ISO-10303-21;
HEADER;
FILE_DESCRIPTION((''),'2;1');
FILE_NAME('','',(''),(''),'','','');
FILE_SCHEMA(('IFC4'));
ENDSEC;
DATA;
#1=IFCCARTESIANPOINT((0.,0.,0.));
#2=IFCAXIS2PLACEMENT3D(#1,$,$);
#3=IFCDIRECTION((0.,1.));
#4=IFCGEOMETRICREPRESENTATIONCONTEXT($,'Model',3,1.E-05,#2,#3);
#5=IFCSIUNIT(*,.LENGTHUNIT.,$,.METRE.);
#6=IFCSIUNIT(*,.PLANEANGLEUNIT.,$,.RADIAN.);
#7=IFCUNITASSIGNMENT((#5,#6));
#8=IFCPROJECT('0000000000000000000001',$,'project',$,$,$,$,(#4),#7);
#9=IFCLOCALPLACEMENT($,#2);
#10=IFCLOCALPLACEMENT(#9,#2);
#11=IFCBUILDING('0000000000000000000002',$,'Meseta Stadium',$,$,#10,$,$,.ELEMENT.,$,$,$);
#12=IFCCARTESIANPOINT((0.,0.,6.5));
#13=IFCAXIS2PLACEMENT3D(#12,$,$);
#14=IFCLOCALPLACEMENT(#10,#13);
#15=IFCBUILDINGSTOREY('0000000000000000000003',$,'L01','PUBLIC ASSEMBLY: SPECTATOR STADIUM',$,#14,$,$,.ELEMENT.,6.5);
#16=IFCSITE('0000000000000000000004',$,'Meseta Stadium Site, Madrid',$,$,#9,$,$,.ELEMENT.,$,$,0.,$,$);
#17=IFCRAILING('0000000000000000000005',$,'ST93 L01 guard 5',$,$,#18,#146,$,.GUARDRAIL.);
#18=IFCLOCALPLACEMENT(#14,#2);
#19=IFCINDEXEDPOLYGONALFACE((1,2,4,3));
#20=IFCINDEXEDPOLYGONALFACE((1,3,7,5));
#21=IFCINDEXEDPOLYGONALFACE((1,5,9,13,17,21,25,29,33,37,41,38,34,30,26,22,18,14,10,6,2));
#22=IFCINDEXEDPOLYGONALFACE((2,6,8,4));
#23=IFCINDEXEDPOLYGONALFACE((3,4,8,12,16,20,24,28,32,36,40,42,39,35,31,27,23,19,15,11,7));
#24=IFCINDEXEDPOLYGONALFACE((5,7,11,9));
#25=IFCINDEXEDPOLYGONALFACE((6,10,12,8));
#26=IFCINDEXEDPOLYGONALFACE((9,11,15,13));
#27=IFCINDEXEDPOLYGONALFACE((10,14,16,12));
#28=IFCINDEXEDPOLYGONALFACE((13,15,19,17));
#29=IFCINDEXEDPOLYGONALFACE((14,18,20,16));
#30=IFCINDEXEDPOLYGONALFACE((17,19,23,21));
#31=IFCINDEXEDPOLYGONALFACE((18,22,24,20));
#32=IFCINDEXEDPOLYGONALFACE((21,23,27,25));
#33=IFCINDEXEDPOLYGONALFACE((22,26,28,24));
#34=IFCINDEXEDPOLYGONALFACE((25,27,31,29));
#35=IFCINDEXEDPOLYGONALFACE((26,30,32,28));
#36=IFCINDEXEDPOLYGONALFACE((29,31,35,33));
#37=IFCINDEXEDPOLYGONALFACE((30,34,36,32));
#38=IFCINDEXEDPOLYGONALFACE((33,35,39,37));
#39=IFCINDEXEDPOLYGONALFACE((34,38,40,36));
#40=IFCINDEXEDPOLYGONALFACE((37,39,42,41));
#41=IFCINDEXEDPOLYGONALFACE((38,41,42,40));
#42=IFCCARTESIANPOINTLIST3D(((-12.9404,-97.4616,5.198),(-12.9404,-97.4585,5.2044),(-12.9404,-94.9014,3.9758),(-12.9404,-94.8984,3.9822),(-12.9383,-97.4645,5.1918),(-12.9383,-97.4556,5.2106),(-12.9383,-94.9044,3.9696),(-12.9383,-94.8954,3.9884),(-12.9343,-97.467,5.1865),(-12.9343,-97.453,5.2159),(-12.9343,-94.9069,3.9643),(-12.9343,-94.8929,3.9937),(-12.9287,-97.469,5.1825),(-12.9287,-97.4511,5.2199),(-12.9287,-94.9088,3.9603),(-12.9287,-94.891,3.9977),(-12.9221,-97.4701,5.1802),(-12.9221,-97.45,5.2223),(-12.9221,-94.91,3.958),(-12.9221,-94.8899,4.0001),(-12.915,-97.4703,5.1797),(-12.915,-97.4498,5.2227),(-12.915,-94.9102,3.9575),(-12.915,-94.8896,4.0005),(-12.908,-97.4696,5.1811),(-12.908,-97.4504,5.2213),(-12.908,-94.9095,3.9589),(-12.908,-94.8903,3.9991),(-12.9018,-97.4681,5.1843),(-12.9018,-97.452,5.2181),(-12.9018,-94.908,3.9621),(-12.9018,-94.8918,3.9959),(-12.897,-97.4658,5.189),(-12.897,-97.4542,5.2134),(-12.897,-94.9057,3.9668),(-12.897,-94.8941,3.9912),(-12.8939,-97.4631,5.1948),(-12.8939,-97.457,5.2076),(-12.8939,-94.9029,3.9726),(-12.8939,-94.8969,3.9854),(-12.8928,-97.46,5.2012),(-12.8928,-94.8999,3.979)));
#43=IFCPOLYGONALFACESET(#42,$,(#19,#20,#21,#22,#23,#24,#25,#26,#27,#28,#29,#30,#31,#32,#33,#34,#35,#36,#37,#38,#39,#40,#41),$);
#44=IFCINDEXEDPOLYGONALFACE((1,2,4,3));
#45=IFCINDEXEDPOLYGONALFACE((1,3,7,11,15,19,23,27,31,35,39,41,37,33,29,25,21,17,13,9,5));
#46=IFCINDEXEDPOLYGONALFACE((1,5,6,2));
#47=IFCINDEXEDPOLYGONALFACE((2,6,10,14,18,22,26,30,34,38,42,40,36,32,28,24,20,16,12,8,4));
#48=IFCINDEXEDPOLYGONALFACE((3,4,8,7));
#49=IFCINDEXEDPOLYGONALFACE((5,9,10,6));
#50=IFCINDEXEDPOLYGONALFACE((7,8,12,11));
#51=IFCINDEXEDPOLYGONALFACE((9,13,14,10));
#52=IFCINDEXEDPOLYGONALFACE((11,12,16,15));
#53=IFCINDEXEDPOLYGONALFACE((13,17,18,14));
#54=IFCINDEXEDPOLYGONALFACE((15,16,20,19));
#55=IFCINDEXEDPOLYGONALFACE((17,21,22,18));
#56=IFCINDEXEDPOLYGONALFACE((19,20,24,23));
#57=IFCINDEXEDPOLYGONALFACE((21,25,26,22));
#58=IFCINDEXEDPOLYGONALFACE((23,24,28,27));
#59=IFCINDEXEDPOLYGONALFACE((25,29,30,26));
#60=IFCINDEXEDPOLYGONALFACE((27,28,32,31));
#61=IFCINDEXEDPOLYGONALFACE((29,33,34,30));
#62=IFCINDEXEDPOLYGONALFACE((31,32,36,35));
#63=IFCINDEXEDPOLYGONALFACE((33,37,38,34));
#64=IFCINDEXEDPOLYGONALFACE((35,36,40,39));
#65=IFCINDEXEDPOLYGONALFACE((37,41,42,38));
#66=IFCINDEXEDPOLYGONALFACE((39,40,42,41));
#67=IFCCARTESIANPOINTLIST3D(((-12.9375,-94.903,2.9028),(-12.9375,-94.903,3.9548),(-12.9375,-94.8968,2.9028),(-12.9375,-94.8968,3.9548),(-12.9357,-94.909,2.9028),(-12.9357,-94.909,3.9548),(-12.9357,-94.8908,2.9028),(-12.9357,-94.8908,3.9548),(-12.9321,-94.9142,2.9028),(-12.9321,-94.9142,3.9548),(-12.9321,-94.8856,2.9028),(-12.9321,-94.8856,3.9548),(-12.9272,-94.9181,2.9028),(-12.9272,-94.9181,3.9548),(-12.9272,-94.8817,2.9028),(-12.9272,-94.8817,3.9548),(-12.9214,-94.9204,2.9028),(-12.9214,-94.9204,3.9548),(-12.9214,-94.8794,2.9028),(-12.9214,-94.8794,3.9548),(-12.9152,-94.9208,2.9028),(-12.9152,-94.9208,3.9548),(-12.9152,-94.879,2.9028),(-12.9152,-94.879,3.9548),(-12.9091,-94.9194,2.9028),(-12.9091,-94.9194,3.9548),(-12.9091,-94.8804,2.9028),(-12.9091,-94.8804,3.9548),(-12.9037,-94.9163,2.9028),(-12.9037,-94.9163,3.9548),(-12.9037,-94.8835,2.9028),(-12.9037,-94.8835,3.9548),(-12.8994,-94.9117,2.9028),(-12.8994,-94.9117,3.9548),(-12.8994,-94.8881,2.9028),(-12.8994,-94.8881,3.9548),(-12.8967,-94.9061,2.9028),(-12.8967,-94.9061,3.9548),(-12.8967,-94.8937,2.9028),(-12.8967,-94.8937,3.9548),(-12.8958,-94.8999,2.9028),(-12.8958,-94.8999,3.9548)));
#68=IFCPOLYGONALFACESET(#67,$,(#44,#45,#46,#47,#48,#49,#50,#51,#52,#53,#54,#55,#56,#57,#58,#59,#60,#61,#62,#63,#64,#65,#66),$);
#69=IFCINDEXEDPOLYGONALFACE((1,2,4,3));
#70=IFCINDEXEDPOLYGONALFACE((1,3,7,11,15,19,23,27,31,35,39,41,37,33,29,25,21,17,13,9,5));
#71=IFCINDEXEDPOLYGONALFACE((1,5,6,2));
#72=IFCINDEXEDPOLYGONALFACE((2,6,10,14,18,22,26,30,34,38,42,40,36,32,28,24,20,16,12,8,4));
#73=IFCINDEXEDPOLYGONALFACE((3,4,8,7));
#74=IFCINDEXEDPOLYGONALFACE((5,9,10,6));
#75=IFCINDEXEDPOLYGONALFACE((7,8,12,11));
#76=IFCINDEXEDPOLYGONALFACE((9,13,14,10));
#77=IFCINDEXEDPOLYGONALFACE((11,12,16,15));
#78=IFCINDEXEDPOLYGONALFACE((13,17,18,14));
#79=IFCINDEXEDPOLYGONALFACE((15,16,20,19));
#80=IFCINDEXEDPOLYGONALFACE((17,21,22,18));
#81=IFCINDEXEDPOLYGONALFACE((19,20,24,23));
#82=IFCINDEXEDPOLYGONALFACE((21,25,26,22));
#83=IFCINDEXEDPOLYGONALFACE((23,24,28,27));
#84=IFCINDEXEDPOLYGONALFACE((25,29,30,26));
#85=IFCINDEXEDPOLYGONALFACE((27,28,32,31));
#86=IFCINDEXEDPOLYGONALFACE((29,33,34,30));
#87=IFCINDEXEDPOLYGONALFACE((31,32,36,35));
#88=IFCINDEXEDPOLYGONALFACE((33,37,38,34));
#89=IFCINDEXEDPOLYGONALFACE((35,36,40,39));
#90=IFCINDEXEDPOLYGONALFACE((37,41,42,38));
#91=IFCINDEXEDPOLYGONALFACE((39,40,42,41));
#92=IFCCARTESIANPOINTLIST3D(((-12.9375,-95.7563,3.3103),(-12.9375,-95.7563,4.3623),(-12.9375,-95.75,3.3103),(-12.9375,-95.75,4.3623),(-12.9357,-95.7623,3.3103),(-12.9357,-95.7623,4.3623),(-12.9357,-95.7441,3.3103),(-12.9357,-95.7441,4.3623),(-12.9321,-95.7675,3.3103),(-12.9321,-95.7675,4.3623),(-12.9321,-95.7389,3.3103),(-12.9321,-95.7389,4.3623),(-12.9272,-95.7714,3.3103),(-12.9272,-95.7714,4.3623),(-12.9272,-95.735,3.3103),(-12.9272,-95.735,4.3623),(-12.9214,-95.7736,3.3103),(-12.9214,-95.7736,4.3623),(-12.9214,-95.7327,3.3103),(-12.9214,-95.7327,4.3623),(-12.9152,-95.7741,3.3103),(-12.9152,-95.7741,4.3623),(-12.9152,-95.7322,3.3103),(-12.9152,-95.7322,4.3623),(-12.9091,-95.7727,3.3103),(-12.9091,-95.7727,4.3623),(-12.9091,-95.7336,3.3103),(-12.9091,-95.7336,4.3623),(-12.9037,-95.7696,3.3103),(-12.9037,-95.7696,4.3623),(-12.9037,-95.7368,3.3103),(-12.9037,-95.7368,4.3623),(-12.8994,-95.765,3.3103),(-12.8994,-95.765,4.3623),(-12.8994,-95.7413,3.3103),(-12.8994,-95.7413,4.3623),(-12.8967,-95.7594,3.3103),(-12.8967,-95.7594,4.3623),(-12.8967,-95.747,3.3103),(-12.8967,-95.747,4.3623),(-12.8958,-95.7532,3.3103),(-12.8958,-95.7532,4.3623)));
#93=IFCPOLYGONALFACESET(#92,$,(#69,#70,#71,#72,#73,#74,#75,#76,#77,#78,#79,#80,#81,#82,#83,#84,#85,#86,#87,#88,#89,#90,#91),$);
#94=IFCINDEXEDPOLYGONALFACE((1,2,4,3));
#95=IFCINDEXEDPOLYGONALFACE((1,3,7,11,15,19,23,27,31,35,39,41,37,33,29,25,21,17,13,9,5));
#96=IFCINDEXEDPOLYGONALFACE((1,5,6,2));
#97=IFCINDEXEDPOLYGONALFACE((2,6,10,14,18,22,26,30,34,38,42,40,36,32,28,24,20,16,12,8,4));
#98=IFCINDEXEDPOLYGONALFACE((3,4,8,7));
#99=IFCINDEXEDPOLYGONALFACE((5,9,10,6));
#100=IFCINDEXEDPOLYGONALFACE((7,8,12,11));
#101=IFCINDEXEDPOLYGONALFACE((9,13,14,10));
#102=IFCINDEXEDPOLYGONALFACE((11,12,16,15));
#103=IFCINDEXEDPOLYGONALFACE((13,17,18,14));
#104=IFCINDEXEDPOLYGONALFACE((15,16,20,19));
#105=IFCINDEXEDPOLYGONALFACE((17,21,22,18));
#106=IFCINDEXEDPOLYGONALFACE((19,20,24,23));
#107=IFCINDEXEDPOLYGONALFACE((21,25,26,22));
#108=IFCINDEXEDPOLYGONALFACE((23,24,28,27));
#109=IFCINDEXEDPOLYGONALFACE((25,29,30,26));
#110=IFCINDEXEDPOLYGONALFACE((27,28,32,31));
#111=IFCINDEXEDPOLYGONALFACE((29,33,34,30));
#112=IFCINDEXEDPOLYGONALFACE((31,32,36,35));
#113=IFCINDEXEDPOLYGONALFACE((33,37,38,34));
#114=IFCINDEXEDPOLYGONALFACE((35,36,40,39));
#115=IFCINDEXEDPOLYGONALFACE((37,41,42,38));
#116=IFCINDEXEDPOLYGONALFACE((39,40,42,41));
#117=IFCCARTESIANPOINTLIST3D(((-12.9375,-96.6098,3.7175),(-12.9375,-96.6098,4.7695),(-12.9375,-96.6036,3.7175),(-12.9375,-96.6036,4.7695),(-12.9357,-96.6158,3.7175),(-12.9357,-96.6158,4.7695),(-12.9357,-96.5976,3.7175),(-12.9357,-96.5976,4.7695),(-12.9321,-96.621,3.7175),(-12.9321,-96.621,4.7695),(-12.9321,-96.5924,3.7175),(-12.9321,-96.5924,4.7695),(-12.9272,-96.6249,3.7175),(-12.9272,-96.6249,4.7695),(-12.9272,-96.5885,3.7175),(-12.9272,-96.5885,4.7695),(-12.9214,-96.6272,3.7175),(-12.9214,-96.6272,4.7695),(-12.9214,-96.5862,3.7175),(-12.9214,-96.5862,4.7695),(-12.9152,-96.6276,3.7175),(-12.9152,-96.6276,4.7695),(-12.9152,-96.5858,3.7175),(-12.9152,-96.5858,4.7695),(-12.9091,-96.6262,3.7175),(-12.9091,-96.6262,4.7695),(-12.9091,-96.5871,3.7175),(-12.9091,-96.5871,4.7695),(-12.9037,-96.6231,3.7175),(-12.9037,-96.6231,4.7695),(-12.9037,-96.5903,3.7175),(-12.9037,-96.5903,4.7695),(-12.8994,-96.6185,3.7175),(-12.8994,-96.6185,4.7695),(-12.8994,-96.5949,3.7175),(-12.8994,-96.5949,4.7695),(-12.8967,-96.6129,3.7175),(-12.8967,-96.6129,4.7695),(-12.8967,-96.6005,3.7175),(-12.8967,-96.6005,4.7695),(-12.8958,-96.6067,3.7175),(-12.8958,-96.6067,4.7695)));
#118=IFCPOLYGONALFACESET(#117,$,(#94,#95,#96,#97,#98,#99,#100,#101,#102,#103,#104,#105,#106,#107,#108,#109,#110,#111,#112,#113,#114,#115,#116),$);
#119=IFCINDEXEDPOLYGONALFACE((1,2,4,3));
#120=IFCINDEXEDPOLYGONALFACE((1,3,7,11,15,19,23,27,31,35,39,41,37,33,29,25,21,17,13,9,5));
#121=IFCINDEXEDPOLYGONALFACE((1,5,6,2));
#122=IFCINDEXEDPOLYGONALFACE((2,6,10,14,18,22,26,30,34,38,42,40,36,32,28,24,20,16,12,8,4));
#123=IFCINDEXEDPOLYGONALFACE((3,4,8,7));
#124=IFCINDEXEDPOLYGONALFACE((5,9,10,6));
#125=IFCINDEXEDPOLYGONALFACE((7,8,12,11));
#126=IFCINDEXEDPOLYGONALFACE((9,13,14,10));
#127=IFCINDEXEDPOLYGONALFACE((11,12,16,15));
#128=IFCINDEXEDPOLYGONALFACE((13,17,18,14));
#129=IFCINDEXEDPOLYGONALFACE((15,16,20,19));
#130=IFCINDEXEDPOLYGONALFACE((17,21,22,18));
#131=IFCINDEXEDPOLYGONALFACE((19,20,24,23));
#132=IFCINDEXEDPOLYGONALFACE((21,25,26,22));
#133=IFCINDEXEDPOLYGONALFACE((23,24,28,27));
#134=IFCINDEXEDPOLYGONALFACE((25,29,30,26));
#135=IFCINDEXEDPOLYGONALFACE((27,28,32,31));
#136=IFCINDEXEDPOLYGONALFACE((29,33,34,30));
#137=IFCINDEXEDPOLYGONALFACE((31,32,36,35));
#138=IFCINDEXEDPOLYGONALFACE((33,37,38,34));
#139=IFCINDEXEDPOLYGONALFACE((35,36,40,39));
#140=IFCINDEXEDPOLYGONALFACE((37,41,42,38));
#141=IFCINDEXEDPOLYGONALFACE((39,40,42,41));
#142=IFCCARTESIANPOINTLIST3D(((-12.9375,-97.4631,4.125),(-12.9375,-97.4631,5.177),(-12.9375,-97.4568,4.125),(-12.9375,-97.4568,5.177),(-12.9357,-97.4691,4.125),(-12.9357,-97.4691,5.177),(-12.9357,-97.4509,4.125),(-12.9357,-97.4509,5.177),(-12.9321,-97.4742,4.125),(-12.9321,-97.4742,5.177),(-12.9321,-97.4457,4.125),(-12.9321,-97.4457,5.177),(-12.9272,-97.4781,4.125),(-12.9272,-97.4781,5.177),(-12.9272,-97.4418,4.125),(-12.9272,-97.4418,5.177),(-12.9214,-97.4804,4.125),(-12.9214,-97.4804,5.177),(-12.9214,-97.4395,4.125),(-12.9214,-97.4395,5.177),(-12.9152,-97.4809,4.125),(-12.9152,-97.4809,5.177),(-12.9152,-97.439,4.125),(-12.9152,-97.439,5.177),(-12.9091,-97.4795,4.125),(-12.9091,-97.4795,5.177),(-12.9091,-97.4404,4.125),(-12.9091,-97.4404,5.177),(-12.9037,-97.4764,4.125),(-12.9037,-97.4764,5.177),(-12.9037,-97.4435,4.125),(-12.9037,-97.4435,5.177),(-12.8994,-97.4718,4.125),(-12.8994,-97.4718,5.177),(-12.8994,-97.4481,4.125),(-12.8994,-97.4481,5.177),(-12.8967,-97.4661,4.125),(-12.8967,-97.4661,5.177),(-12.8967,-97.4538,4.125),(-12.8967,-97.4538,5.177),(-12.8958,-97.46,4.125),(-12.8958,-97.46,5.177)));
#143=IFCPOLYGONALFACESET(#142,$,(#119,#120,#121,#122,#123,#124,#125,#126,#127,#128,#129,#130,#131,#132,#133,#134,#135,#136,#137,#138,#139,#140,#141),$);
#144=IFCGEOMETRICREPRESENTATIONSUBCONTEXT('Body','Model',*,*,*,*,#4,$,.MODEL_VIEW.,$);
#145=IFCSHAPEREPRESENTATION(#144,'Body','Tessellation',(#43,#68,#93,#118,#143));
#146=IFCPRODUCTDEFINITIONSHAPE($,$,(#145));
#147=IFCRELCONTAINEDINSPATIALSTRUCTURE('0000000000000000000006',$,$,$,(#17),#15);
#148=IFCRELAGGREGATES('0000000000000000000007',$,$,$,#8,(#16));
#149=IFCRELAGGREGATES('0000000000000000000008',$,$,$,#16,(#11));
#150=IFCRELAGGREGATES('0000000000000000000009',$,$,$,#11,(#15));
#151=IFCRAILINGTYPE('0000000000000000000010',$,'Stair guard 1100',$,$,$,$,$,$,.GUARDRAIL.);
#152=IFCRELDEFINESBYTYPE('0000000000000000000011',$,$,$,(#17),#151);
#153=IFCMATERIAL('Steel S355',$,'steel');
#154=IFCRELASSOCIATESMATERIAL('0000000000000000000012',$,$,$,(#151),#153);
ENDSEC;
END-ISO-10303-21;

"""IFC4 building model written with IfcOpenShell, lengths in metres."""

from ifc_helpers import new_model, si_unit, direction, frame, origin, origin_2d, place, context, subcontext, project, spatial, circle, extrude, material, type_object, element, save


model = new_model("IFC4")

# Units and contexts
model_context = context("Model", 3, precision=1e-05, world=origin(), true_north=direction((0.0, 1.0)))
body_context = subcontext(model_context, "Body", "Model", "MODEL_VIEW")
ifc_project = project(units=[si_unit("LENGTHUNIT", "METRE"), si_unit("PLANEANGLEUNIT", "RADIAN")], contexts=[model_context])

# Site, building, storey
site_placement = place(None, origin())
site = spatial("IfcSite", under=ifc_project, at=site_placement, Name="Meseta Stadium Site, Madrid", CompositionType="ELEMENT", RefElevation=0.0)
building_placement = place(site_placement, origin())
building = spatial("IfcBuilding", under=site, at=building_placement, Name="Meseta Stadium", CompositionType="ELEMENT")
storey_placement = place(building_placement, frame((0.0, 0.0, 6.5)))
storey = spatial("IfcBuildingStorey", under=building, at=storey_placement, Name="L01", Description="PUBLIC ASSEMBLY: SPECTATOR STADIUM", CompositionType="ELEMENT", Elevation=6.5)

# Railing
ifc_material_1 = material(Name="Steel S355", Category="steel")
railing_type_1 = type_object("IfcRailingType", Name="Stair guard 1100", PredefinedType="GUARDRAIL", material=ifc_material_1)
railing_1_placement = place(storey_placement, frame((-12.9167, -94.8999, 2.9028)))
element("IfcRailing", 1, at=railing_1_placement, inside=storey, type_object=railing_type_1, Name="ST93 L01 guard 5", PredefinedType="GUARDRAIL", context=body_context, shape_type="SweptSolid", body=[
    extrude(circle(Radius=0.0239, at=origin_2d()), frame((0.0, 0.0, 1.0762), z_axis=(0.0, -0.902437, 0.430822), x_axis=(1.0, 0.0, 0.0)), (0.0, 0.0, 1.0), 2.8369),
    extrude(circle(Radius=0.021, at=origin_2d()), origin(), (0.0, 0.0, 1.0), 1.052),
    extrude(circle(Radius=0.021, at=origin_2d()), frame((0.0, -0.8533, 0.4075)), (0.0, 0.0, 1.0), 1.052),
    extrude(circle(Radius=0.021, at=origin_2d()), frame((0.0, -1.7068, 0.8147)), (0.0, 0.0, 1.0), 1.052),
    extrude(circle(Radius=0.021, at=origin_2d()), frame((0.0, -2.5601, 1.2222)), (0.0, 0.0, 1.0), 1.052),
])

save(model, "model.ifc")
